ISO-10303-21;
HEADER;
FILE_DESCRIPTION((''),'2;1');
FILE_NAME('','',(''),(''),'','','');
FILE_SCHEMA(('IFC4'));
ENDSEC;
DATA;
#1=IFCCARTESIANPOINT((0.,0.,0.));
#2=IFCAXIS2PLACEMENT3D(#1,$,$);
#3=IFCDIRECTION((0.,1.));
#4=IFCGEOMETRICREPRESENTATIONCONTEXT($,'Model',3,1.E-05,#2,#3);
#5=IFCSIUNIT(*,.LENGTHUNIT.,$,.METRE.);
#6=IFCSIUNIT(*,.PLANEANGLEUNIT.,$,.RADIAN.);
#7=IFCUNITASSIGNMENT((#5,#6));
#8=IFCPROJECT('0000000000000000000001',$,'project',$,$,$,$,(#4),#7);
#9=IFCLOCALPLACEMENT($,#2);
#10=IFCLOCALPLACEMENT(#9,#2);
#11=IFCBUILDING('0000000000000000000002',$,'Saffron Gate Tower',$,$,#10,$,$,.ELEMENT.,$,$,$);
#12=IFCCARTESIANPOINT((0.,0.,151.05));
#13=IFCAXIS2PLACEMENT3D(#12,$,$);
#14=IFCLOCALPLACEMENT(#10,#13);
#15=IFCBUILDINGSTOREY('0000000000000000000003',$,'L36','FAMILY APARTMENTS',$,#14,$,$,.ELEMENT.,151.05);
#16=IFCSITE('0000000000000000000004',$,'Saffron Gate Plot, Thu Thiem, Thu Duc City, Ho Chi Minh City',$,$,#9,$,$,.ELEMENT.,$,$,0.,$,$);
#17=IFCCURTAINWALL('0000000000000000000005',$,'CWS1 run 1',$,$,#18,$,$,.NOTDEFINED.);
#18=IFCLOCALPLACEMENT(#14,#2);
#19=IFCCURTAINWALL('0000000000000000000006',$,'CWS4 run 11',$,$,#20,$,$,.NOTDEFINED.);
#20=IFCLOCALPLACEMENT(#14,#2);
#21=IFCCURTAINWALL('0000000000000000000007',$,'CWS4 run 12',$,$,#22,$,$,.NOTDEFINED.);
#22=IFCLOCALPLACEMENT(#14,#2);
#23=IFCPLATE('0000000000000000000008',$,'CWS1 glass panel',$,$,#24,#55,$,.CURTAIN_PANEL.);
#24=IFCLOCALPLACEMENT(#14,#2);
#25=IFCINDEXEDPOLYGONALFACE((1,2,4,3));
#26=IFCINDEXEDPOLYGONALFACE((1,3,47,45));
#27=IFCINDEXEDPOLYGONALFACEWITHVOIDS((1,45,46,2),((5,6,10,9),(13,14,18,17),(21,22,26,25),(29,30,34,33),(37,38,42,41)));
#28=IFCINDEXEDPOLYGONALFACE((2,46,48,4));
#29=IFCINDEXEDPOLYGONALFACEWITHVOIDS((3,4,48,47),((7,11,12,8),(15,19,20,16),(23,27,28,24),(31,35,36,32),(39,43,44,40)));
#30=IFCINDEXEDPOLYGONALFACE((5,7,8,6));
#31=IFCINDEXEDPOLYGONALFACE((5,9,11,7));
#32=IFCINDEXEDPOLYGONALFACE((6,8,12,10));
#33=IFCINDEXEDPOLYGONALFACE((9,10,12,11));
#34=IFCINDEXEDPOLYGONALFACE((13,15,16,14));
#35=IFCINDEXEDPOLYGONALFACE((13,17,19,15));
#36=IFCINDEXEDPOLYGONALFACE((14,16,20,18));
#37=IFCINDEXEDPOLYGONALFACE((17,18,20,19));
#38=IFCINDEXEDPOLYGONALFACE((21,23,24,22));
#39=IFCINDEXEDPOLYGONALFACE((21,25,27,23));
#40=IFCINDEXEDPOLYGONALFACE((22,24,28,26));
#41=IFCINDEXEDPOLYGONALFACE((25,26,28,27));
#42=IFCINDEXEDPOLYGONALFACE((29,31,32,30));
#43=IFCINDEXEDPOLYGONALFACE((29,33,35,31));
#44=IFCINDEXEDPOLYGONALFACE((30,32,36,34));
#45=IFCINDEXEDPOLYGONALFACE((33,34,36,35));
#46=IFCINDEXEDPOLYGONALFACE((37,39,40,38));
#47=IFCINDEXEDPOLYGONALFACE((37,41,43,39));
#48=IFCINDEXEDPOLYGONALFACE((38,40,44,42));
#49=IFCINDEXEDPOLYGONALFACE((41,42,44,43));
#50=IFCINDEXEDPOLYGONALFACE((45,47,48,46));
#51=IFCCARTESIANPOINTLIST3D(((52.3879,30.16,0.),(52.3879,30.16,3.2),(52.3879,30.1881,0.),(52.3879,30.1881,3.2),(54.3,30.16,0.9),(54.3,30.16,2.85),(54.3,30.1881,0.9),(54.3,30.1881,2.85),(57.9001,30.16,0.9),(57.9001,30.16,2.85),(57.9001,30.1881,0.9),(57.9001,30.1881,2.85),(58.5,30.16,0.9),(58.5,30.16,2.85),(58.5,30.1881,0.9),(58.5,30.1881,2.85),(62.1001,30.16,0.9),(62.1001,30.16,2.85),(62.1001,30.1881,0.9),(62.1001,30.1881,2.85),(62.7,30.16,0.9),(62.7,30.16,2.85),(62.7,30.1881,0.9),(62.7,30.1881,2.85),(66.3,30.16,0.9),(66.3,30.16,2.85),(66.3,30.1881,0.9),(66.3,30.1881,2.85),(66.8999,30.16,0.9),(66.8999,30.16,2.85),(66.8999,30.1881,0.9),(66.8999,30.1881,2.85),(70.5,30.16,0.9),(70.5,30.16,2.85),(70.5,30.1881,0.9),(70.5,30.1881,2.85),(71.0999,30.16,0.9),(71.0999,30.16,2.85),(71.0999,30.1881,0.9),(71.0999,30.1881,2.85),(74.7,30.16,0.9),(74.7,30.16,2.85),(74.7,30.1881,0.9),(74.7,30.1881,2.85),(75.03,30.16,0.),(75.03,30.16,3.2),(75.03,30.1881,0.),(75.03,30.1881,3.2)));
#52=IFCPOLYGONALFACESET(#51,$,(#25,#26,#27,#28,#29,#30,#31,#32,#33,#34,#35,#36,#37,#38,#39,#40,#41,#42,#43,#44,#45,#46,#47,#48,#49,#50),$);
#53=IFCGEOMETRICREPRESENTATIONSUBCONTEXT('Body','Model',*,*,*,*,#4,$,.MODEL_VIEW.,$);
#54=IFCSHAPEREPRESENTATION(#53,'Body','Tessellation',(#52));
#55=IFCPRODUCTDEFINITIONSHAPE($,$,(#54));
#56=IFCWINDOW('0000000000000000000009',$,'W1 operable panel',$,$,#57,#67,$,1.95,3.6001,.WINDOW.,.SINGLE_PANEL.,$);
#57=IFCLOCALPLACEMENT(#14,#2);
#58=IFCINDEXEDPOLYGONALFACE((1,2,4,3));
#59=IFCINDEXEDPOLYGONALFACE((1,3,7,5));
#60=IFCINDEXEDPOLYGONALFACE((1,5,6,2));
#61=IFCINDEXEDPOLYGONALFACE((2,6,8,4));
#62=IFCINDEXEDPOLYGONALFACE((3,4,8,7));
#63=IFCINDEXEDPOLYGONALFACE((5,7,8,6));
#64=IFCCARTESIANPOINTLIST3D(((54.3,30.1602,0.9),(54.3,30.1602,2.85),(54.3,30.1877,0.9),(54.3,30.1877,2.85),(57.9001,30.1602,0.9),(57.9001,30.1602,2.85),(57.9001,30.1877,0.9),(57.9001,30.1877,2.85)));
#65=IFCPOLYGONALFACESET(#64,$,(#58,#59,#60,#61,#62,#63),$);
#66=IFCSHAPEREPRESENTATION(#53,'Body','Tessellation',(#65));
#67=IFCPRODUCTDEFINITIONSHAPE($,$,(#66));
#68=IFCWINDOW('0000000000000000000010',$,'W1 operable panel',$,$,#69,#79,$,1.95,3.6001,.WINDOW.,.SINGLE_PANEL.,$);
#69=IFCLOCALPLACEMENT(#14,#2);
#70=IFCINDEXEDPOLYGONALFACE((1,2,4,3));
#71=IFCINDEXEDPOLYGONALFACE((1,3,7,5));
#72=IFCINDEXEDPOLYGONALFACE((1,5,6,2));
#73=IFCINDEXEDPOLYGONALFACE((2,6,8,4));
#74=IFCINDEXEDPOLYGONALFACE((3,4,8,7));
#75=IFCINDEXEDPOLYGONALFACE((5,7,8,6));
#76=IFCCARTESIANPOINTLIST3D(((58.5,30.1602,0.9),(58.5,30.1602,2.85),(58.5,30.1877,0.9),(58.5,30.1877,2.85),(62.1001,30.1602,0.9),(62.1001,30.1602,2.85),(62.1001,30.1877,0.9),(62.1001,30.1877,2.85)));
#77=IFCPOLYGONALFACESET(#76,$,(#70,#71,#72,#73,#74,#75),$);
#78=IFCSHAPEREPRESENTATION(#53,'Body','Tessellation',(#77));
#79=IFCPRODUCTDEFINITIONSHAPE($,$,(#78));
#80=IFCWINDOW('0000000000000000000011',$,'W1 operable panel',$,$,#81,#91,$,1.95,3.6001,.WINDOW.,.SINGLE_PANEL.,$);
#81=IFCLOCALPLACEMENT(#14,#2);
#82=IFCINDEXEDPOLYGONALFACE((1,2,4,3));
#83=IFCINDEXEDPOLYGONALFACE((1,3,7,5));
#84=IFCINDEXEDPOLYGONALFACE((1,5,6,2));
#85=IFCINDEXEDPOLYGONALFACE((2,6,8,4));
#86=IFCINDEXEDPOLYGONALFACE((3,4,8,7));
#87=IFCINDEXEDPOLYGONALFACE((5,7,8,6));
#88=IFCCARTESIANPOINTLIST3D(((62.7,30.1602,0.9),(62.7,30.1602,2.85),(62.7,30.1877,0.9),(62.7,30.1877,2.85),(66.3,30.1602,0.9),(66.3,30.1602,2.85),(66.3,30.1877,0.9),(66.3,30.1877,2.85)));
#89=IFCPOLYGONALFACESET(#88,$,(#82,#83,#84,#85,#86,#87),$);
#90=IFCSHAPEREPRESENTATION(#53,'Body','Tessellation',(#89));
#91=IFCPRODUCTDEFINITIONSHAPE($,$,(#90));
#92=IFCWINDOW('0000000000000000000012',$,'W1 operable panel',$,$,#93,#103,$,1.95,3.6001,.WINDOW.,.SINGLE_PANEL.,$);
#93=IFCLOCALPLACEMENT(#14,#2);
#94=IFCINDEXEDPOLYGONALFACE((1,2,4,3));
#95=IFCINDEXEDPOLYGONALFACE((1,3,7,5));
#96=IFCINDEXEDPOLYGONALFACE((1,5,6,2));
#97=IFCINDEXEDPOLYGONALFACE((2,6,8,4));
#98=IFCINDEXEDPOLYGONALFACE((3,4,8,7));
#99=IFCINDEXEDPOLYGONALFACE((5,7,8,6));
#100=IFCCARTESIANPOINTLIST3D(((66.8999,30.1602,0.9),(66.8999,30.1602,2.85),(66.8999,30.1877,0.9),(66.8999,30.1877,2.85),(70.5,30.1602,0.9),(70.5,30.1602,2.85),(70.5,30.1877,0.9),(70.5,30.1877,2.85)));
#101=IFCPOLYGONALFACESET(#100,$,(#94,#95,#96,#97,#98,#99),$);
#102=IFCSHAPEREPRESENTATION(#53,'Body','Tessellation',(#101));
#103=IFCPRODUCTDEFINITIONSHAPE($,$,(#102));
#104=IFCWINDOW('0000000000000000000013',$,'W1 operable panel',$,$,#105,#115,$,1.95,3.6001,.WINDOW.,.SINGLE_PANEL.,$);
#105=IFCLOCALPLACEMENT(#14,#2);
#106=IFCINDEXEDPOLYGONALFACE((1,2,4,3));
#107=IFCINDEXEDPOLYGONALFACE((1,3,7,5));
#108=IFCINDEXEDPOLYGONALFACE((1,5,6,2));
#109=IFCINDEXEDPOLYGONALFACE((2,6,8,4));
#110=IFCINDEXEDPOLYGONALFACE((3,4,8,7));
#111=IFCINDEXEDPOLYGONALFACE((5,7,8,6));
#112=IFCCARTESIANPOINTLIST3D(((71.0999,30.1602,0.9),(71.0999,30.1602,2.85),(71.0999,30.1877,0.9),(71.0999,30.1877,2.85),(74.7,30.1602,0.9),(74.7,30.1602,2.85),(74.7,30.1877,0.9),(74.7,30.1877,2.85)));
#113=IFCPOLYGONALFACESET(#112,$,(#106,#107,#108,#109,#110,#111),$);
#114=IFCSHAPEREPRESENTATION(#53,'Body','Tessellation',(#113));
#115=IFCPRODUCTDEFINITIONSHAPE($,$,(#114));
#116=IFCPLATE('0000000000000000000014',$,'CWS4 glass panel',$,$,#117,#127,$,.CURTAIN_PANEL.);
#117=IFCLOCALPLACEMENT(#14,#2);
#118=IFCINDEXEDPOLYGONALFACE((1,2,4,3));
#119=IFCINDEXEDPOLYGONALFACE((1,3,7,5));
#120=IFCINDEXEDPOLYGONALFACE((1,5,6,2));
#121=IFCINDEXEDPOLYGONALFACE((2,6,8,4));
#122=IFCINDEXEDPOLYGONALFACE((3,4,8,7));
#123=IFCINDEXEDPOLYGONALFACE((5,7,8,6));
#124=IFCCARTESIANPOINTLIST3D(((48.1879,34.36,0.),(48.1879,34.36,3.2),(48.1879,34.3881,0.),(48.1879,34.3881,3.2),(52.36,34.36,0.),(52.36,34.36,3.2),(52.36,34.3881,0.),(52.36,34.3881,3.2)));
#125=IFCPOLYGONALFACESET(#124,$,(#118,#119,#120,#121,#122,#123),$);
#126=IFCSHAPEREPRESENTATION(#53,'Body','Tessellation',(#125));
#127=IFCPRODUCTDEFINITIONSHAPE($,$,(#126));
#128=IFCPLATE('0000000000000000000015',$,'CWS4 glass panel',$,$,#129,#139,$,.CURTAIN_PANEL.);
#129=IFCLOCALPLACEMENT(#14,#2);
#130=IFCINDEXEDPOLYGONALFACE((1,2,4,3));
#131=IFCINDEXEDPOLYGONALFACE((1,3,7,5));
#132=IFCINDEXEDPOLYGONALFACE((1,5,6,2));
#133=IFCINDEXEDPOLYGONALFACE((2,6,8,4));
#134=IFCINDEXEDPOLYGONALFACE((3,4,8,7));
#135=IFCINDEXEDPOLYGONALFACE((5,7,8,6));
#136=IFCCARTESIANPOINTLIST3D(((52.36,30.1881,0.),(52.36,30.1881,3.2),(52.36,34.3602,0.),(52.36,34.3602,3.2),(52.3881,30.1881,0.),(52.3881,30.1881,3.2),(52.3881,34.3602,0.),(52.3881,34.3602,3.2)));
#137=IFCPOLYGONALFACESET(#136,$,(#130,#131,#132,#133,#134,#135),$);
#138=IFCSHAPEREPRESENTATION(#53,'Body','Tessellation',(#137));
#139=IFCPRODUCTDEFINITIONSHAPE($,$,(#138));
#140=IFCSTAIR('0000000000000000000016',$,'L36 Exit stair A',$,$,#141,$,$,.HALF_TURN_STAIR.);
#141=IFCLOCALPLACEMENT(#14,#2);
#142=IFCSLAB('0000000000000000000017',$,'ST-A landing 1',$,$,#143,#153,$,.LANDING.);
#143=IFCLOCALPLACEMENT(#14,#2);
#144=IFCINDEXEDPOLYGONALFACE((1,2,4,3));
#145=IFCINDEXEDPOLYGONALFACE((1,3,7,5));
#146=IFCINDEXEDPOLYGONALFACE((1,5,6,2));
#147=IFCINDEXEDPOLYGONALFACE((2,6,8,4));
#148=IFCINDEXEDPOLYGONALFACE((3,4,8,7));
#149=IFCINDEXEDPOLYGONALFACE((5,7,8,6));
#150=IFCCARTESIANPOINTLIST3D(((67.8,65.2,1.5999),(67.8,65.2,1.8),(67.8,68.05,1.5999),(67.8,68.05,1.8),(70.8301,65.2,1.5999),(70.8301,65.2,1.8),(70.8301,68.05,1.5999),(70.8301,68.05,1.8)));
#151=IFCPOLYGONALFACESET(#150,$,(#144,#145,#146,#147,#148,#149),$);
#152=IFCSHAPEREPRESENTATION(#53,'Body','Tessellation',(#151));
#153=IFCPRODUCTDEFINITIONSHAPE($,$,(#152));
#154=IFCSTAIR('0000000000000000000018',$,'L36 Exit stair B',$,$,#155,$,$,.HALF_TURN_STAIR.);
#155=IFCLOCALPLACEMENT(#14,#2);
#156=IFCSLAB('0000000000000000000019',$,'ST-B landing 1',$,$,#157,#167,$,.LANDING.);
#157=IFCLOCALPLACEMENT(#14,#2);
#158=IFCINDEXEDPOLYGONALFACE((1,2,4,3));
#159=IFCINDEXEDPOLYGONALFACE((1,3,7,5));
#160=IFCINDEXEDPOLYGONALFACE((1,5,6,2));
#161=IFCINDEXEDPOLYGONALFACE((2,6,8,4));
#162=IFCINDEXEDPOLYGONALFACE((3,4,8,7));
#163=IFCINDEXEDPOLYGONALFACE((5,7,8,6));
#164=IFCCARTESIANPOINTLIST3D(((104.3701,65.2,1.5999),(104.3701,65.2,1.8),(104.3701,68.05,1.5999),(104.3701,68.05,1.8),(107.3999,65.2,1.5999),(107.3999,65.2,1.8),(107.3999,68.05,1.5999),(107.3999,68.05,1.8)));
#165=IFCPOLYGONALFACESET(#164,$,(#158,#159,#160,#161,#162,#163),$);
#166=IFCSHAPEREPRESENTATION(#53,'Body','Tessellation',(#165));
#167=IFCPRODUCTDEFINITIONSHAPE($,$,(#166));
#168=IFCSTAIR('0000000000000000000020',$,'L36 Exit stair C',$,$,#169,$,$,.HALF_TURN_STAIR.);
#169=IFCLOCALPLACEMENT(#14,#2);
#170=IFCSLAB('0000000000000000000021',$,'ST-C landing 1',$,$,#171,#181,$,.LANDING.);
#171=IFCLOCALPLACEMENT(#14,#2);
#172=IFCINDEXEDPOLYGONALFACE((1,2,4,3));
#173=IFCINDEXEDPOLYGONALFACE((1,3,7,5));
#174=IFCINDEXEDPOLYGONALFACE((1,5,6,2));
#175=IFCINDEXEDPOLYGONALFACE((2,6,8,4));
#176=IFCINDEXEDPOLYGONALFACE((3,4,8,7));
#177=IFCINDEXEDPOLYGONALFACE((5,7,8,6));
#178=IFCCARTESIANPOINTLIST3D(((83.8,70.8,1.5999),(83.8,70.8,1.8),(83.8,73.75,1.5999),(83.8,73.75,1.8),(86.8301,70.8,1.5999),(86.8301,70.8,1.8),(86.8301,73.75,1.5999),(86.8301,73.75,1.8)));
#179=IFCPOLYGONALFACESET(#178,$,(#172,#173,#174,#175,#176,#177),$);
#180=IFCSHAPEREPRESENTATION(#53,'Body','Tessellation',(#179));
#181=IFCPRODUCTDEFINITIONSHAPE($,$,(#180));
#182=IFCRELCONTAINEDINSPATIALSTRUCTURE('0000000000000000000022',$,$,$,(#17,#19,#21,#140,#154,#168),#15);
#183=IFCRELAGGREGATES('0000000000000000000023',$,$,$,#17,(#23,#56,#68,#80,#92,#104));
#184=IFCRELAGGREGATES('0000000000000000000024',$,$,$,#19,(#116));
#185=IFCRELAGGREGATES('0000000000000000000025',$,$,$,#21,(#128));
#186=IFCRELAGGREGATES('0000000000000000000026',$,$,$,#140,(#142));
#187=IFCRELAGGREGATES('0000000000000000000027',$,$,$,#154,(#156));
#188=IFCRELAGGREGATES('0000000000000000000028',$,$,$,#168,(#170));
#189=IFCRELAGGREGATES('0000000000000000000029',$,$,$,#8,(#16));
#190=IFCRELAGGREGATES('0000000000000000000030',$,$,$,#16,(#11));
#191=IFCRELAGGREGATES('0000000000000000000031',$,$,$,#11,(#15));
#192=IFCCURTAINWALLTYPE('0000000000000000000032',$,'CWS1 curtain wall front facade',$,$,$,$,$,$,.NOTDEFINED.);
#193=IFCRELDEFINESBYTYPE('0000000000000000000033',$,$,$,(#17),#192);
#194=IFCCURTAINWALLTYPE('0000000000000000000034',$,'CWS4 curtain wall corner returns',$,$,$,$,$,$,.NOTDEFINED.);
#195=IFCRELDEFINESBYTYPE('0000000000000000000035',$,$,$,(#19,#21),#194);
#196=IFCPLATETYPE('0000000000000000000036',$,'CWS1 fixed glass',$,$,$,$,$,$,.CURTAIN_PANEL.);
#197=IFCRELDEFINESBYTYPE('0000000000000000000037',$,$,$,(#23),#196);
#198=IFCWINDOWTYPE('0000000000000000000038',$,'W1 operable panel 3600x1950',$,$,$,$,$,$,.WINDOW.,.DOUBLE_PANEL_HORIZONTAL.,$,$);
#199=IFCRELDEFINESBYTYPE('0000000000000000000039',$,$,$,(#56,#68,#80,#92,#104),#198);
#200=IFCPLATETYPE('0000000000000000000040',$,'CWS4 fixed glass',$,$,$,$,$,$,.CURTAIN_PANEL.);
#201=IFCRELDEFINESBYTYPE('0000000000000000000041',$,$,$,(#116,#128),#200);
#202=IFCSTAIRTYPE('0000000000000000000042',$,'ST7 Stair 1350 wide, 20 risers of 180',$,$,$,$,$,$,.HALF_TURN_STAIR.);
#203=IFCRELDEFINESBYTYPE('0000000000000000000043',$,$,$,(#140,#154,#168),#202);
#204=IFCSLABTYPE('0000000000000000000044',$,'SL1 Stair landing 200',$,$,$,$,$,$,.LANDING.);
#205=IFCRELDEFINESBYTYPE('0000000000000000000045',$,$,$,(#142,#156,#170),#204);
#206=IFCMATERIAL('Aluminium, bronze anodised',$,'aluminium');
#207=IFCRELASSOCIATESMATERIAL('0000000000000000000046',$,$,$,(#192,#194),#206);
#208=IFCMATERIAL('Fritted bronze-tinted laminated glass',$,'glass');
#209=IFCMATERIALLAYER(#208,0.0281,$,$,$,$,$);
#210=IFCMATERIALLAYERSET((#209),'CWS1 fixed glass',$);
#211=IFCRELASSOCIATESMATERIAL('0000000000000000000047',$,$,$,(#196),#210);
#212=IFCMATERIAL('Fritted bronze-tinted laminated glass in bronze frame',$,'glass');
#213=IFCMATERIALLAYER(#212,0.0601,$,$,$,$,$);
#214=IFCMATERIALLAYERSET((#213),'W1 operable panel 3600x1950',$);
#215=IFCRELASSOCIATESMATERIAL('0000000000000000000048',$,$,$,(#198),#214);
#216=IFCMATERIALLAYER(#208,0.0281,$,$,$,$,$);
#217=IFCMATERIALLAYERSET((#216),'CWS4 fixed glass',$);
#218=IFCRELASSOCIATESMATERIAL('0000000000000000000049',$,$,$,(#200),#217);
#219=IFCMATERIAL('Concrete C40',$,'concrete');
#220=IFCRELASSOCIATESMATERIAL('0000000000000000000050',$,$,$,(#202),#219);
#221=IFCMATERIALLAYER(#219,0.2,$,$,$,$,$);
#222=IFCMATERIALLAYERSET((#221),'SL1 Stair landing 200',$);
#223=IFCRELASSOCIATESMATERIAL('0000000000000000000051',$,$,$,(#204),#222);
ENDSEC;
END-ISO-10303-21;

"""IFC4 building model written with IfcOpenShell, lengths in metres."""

from ifc_helpers import new_model, si_unit, direction, frame, frame_2d, origin, place, context, subcontext, project, spatial, polyline, rectangle, outline, extrude, material, layer, layer_set, type_object, element, fill, aggregate, save


model = new_model("IFC4")

# Units and contexts
model_context = context("Model", 3, precision=1e-05, world=origin(), true_north=direction((0.0, 1.0)))
body_context = subcontext(model_context, "Body", "Model", "MODEL_VIEW")
ifc_project = project(units=[si_unit("LENGTHUNIT", "METRE"), si_unit("PLANEANGLEUNIT", "RADIAN")], contexts=[model_context])

# Site, building, storey
site_placement = place(None, origin())
site = spatial("IfcSite", under=ifc_project, at=site_placement, Name="Saffron Gate Plot, Thu Thiem, Thu Duc City, Ho Chi Minh City", CompositionType="ELEMENT", RefElevation=0.0)
building_placement = place(site_placement, origin())
building = spatial("IfcBuilding", under=site, at=building_placement, Name="Saffron Gate Tower", CompositionType="ELEMENT")
storey_placement = place(building_placement, frame((0.0, 0.0, 151.05)))
storey = spatial("IfcBuildingStorey", under=building, at=storey_placement, Name="L36", Description="FAMILY APARTMENTS", CompositionType="ELEMENT", Elevation=151.05)

# Curtain wall
ifc_material_1 = material(Name="Aluminium, bronze anodised", Category="aluminium")
curtain_wall_type_1 = type_object("IfcCurtainWallType", Name="CWS1 curtain wall front facade", PredefinedType="NOTDEFINED", material=ifc_material_1)
curtain_wall_1_placement = place(storey_placement, origin())
curtain_wall_1 = element("IfcCurtainWall", 1, at=curtain_wall_1_placement, inside=storey, type_object=curtain_wall_type_1, Name="CWS1 run 1", PredefinedType="NOTDEFINED")

# Curtain walls
curtain_wall_type_2 = type_object("IfcCurtainWallType", Name="CWS4 curtain wall corner returns", PredefinedType="NOTDEFINED", material=ifc_material_1)
curtain_wall_2_placement = place(storey_placement, origin())
curtain_wall_2 = element("IfcCurtainWall", 2, at=curtain_wall_2_placement, inside=storey, type_object=curtain_wall_type_2, Name="CWS4 run 11", PredefinedType="NOTDEFINED")
curtain_wall_3_placement = place(storey_placement, origin())
curtain_wall_3 = element("IfcCurtainWall", 3, at=curtain_wall_3_placement, inside=storey, type_object=curtain_wall_type_2, Name="CWS4 run 12", PredefinedType="NOTDEFINED")

# Plate, openings, windows
ifc_material_2 = material(Name="Fritted bronze-tinted laminated glass", Category="glass")
ifc_layer_1 = layer(ifc_material_2, 0.0281)
ifc_layer_set_1 = layer_set([ifc_layer_1], Name="CWS1 fixed glass")
plate_type_1 = type_object("IfcPlateType", Name="CWS1 fixed glass", PredefinedType="CURTAIN_PANEL", material=ifc_layer_set_1)
plate_1_placement = place(storey_placement, frame((52.3879, 30.1741, 0.0), z_axis=(0.0, 0.0, 1.0), x_axis=(1.0, 0.0, 0.0)))
plate_1 = element("IfcPlate", 4, at=plate_1_placement, type_object=plate_type_1, Name="CWS1 glass panel", PredefinedType="CURTAIN_PANEL", context=body_context, shape_type="SweptSolid", body=[
    extrude(rectangle(XDim=22.6421, YDim=0.0281, at=frame_2d((11.321, 0.0))), origin(), (0.0, 0.0, 1.0), 3.2),
])
opening_1_placement = place(plate_1_placement, frame((1.9121, 0.0, 0.8999)))
opening_1 = element("IfcOpeningElement", 5, at=opening_1_placement, cuts=plate_1, PredefinedType="OPENING", context=body_context, shape_type="SweptSolid", body=[
    extrude(rectangle(XDim=3.6001, YDim=1.95, at=frame_2d((1.8, 0.9751))), frame((0.0, 0.0239, 0.0), z_axis=(0.0, -1.0, 0.0), x_axis=(1.0, 0.0, 0.0)), (0.0, 0.0, 1.0), 0.0481),
])
opening_2_placement = place(plate_1_placement, frame((6.1121, 0.0, 0.8999)))
opening_2 = element("IfcOpeningElement", 6, at=opening_2_placement, cuts=plate_1, PredefinedType="OPENING", context=body_context, shape_type="SweptSolid", body=[
    extrude(rectangle(XDim=3.6001, YDim=1.95, at=frame_2d((1.8, 0.9751))), frame((0.0, 0.0239, 0.0), z_axis=(0.0, -1.0, 0.0), x_axis=(1.0, 0.0, 0.0)), (0.0, 0.0, 1.0), 0.0481),
])
opening_3_placement = place(plate_1_placement, frame((10.312, 0.0, 0.8999)))
opening_3 = element("IfcOpeningElement", 7, at=opening_3_placement, cuts=plate_1, PredefinedType="OPENING", context=body_context, shape_type="SweptSolid", body=[
    extrude(rectangle(XDim=3.6001, YDim=1.95, at=frame_2d((1.8, 0.9751))), frame((0.0, 0.0239, 0.0), z_axis=(0.0, -1.0, 0.0), x_axis=(1.0, 0.0, 0.0)), (0.0, 0.0, 1.0), 0.0481),
])
opening_4_placement = place(plate_1_placement, frame((14.512, 0.0, 0.8999)))
opening_4 = element("IfcOpeningElement", 8, at=opening_4_placement, cuts=plate_1, PredefinedType="OPENING", context=body_context, shape_type="SweptSolid", body=[
    extrude(rectangle(XDim=3.6001, YDim=1.95, at=frame_2d((1.8, 0.9751))), frame((0.0, 0.0239, 0.0), z_axis=(0.0, -1.0, 0.0), x_axis=(1.0, 0.0, 0.0)), (0.0, 0.0, 1.0), 0.0481),
])
opening_5_placement = place(plate_1_placement, frame((18.7119, 0.0, 0.8999)))
opening_5 = element("IfcOpeningElement", 9, at=opening_5_placement, cuts=plate_1, PredefinedType="OPENING", context=body_context, shape_type="SweptSolid", body=[
    extrude(rectangle(XDim=3.6001, YDim=1.95, at=frame_2d((1.8, 0.9751))), frame((0.0, 0.0239, 0.0), z_axis=(0.0, -1.0, 0.0), x_axis=(1.0, 0.0, 0.0)), (0.0, 0.0, 1.0), 0.0481),
])
ifc_material_3 = material(Name="Fritted bronze-tinted laminated glass in bronze frame", Category="glass")
ifc_layer_2 = layer(ifc_material_3, 0.0601)
ifc_layer_set_2 = layer_set([ifc_layer_2], Name="W1 operable panel 3600x1950")
window_type = type_object("IfcWindowType", Name="W1 operable panel 3600x1950", PartitioningType="DOUBLE_PANEL_HORIZONTAL", PredefinedType="WINDOW", material=ifc_layer_set_2)
window_1_placement = place(opening_1_placement, origin())
window_1 = element("IfcWindow", 10, at=window_1_placement, type_object=window_type, Name="W1 operable panel", OverallHeight=1.95, OverallWidth=3.6001, PartitioningType="SINGLE_PANEL", PredefinedType="WINDOW", context=body_context, shape_type="SweptSolid", body=[
    extrude(rectangle(XDim=3.6001, YDim=1.95, at=frame_2d((1.8, 0.9751))), frame((0.0, 0.0137, 0.0), z_axis=(0.0, -1.0, 0.0), x_axis=(1.0, 0.0, 0.0)), (0.0, 0.0, 1.0), 0.0276),
])
fill(opening_1, window_1)
window_2_placement = place(opening_2_placement, origin())
window_2 = element("IfcWindow", 11, at=window_2_placement, type_object=window_type, Name="W1 operable panel", OverallHeight=1.95, OverallWidth=3.6001, PartitioningType="SINGLE_PANEL", PredefinedType="WINDOW", context=body_context, shape_type="SweptSolid", body=[
    extrude(rectangle(XDim=3.6001, YDim=1.95, at=frame_2d((1.8, 0.9751))), frame((0.0, 0.0137, 0.0), z_axis=(0.0, -1.0, 0.0), x_axis=(1.0, 0.0, 0.0)), (0.0, 0.0, 1.0), 0.0276),
])
fill(opening_2, window_2)
window_3_placement = place(opening_3_placement, origin())
window_3 = element("IfcWindow", 12, at=window_3_placement, type_object=window_type, Name="W1 operable panel", OverallHeight=1.95, OverallWidth=3.6001, PartitioningType="SINGLE_PANEL", PredefinedType="WINDOW", context=body_context, shape_type="SweptSolid", body=[
    extrude(rectangle(XDim=3.6001, YDim=1.95, at=frame_2d((1.8, 0.9751))), frame((0.0, 0.0137, 0.0), z_axis=(0.0, -1.0, 0.0), x_axis=(1.0, 0.0, 0.0)), (0.0, 0.0, 1.0), 0.0276),
])
fill(opening_3, window_3)
window_4_placement = place(opening_4_placement, origin())
window_4 = element("IfcWindow", 13, at=window_4_placement, type_object=window_type, Name="W1 operable panel", OverallHeight=1.95, OverallWidth=3.6001, PartitioningType="SINGLE_PANEL", PredefinedType="WINDOW", context=body_context, shape_type="SweptSolid", body=[
    extrude(rectangle(XDim=3.6001, YDim=1.95, at=frame_2d((1.8, 0.9751))), frame((0.0, 0.0137, 0.0), z_axis=(0.0, -1.0, 0.0), x_axis=(1.0, 0.0, 0.0)), (0.0, 0.0, 1.0), 0.0276),
])
fill(opening_4, window_4)
window_5_placement = place(opening_5_placement, origin())
window_5 = element("IfcWindow", 14, at=window_5_placement, type_object=window_type, Name="W1 operable panel", OverallHeight=1.95, OverallWidth=3.6001, PartitioningType="SINGLE_PANEL", PredefinedType="WINDOW", context=body_context, shape_type="SweptSolid", body=[
    extrude(rectangle(XDim=3.6001, YDim=1.95, at=frame_2d((1.8, 0.9751))), frame((0.0, 0.0137, 0.0), z_axis=(0.0, -1.0, 0.0), x_axis=(1.0, 0.0, 0.0)), (0.0, 0.0, 1.0), 0.0276),
])
fill(opening_5, window_5)
aggregate(curtain_wall_1, [plate_1, window_1, window_2, window_3, window_4, window_5])

# Plates
ifc_layer_3 = layer(ifc_material_2, 0.0281)
ifc_layer_set_3 = layer_set([ifc_layer_3], Name="CWS4 fixed glass")
plate_type_2 = type_object("IfcPlateType", Name="CWS4 fixed glass", PredefinedType="CURTAIN_PANEL", material=ifc_layer_set_3)
plate_2_placement = place(storey_placement, frame((48.188, 34.374, 0.0), z_axis=(0.0, 0.0, 1.0), x_axis=(1.0, 0.0, 0.0)))
plate_2 = element("IfcPlate", 15, at=plate_2_placement, type_object=plate_type_2, Name="CWS4 glass panel", PredefinedType="CURTAIN_PANEL", context=body_context, shape_type="SweptSolid", body=[
    extrude(rectangle(XDim=4.1721, YDim=0.0281, at=frame_2d((2.0859, 0.0))), origin(), (0.0, 0.0, 1.0), 3.2),
])
aggregate(curtain_wall_2, [plate_2])
plate_3_placement = place(storey_placement, frame((52.374, 34.3601, 0.0), z_axis=(0.0, 0.0, 1.0), x_axis=(0.0, -1.0, 0.0)))
plate_3 = element("IfcPlate", 16, at=plate_3_placement, type_object=plate_type_2, Name="CWS4 glass panel", PredefinedType="CURTAIN_PANEL", context=body_context, shape_type="SweptSolid", body=[
    extrude(rectangle(XDim=4.1721, YDim=0.0281, at=frame_2d((2.0859, 0.0))), origin(), (0.0, 0.0, 1.0), 3.2),
])
aggregate(curtain_wall_3, [plate_3])

# Stairs, slabs
ifc_material_4 = material(Name="Concrete C40", Category="concrete")
stair_type = type_object("IfcStairType", Name="ST7 Stair 1350 wide, 20 risers of 180", PredefinedType="HALF_TURN_STAIR", material=ifc_material_4)
stair_1_placement = place(storey_placement, origin())
stair_1 = element("IfcStair", 17, at=stair_1_placement, inside=storey, type_object=stair_type, Name="L36 Exit stair A", PredefinedType="HALF_TURN_STAIR")
ifc_layer_4 = layer(ifc_material_4, 0.2)
ifc_layer_set_4 = layer_set([ifc_layer_4], Name="SL1 Stair landing 200")
slab_type_1 = type_object("IfcSlabType", Name="SL1 Stair landing 200", PredefinedType="LANDING", material=ifc_layer_set_4)
slab_1_placement = place(storey_placement, frame((0.0, 0.0, 1.5999)))
slab_1 = element("IfcSlab", 18, at=slab_1_placement, type_object=slab_type_1, Name="ST-A landing 1", PredefinedType="LANDING", context=body_context, shape_type="SweptSolid", body=[
    extrude(outline(polyline([(70.8301, 68.05), (67.8, 68.05), (67.8, 65.2), (70.8301, 65.2), (70.8301, 68.05)])), origin(), (0.0, 0.0, 1.0), 0.2002),
])
aggregate(stair_1, [slab_1])
stair_2_placement = place(storey_placement, origin())
stair_2 = element("IfcStair", 19, at=stair_2_placement, inside=storey, type_object=stair_type, Name="L36 Exit stair B", PredefinedType="HALF_TURN_STAIR")
slab_2_placement = place(storey_placement, frame((0.0, 0.0, 1.5999)))
slab_2 = element("IfcSlab", 20, at=slab_2_placement, type_object=slab_type_1, Name="ST-B landing 1", PredefinedType="LANDING", context=body_context, shape_type="SweptSolid", body=[
    extrude(outline(polyline([(104.3701, 65.2), (107.3999, 65.2), (107.3999, 68.05), (104.3701, 68.05), (104.3701, 65.2)])), origin(), (0.0, 0.0, 1.0), 0.2002),
])
aggregate(stair_2, [slab_2])
stair_3_placement = place(storey_placement, origin())
stair_3 = element("IfcStair", 21, at=stair_3_placement, inside=storey, type_object=stair_type, Name="L36 Exit stair C", PredefinedType="HALF_TURN_STAIR")
slab_3_placement = place(storey_placement, frame((0.0, 0.0, 1.5999)))
slab_3 = element("IfcSlab", 22, at=slab_3_placement, type_object=slab_type_1, Name="ST-C landing 1", PredefinedType="LANDING", context=body_context, shape_type="SweptSolid", body=[
    extrude(outline(polyline([(86.8301, 73.75), (83.8, 73.75), (83.8, 70.8), (86.8301, 70.8), (86.8301, 73.75)])), origin(), (0.0, 0.0, 1.0), 0.2002),
])
aggregate(stair_3, [slab_3])

save(model, "model.ifc")
